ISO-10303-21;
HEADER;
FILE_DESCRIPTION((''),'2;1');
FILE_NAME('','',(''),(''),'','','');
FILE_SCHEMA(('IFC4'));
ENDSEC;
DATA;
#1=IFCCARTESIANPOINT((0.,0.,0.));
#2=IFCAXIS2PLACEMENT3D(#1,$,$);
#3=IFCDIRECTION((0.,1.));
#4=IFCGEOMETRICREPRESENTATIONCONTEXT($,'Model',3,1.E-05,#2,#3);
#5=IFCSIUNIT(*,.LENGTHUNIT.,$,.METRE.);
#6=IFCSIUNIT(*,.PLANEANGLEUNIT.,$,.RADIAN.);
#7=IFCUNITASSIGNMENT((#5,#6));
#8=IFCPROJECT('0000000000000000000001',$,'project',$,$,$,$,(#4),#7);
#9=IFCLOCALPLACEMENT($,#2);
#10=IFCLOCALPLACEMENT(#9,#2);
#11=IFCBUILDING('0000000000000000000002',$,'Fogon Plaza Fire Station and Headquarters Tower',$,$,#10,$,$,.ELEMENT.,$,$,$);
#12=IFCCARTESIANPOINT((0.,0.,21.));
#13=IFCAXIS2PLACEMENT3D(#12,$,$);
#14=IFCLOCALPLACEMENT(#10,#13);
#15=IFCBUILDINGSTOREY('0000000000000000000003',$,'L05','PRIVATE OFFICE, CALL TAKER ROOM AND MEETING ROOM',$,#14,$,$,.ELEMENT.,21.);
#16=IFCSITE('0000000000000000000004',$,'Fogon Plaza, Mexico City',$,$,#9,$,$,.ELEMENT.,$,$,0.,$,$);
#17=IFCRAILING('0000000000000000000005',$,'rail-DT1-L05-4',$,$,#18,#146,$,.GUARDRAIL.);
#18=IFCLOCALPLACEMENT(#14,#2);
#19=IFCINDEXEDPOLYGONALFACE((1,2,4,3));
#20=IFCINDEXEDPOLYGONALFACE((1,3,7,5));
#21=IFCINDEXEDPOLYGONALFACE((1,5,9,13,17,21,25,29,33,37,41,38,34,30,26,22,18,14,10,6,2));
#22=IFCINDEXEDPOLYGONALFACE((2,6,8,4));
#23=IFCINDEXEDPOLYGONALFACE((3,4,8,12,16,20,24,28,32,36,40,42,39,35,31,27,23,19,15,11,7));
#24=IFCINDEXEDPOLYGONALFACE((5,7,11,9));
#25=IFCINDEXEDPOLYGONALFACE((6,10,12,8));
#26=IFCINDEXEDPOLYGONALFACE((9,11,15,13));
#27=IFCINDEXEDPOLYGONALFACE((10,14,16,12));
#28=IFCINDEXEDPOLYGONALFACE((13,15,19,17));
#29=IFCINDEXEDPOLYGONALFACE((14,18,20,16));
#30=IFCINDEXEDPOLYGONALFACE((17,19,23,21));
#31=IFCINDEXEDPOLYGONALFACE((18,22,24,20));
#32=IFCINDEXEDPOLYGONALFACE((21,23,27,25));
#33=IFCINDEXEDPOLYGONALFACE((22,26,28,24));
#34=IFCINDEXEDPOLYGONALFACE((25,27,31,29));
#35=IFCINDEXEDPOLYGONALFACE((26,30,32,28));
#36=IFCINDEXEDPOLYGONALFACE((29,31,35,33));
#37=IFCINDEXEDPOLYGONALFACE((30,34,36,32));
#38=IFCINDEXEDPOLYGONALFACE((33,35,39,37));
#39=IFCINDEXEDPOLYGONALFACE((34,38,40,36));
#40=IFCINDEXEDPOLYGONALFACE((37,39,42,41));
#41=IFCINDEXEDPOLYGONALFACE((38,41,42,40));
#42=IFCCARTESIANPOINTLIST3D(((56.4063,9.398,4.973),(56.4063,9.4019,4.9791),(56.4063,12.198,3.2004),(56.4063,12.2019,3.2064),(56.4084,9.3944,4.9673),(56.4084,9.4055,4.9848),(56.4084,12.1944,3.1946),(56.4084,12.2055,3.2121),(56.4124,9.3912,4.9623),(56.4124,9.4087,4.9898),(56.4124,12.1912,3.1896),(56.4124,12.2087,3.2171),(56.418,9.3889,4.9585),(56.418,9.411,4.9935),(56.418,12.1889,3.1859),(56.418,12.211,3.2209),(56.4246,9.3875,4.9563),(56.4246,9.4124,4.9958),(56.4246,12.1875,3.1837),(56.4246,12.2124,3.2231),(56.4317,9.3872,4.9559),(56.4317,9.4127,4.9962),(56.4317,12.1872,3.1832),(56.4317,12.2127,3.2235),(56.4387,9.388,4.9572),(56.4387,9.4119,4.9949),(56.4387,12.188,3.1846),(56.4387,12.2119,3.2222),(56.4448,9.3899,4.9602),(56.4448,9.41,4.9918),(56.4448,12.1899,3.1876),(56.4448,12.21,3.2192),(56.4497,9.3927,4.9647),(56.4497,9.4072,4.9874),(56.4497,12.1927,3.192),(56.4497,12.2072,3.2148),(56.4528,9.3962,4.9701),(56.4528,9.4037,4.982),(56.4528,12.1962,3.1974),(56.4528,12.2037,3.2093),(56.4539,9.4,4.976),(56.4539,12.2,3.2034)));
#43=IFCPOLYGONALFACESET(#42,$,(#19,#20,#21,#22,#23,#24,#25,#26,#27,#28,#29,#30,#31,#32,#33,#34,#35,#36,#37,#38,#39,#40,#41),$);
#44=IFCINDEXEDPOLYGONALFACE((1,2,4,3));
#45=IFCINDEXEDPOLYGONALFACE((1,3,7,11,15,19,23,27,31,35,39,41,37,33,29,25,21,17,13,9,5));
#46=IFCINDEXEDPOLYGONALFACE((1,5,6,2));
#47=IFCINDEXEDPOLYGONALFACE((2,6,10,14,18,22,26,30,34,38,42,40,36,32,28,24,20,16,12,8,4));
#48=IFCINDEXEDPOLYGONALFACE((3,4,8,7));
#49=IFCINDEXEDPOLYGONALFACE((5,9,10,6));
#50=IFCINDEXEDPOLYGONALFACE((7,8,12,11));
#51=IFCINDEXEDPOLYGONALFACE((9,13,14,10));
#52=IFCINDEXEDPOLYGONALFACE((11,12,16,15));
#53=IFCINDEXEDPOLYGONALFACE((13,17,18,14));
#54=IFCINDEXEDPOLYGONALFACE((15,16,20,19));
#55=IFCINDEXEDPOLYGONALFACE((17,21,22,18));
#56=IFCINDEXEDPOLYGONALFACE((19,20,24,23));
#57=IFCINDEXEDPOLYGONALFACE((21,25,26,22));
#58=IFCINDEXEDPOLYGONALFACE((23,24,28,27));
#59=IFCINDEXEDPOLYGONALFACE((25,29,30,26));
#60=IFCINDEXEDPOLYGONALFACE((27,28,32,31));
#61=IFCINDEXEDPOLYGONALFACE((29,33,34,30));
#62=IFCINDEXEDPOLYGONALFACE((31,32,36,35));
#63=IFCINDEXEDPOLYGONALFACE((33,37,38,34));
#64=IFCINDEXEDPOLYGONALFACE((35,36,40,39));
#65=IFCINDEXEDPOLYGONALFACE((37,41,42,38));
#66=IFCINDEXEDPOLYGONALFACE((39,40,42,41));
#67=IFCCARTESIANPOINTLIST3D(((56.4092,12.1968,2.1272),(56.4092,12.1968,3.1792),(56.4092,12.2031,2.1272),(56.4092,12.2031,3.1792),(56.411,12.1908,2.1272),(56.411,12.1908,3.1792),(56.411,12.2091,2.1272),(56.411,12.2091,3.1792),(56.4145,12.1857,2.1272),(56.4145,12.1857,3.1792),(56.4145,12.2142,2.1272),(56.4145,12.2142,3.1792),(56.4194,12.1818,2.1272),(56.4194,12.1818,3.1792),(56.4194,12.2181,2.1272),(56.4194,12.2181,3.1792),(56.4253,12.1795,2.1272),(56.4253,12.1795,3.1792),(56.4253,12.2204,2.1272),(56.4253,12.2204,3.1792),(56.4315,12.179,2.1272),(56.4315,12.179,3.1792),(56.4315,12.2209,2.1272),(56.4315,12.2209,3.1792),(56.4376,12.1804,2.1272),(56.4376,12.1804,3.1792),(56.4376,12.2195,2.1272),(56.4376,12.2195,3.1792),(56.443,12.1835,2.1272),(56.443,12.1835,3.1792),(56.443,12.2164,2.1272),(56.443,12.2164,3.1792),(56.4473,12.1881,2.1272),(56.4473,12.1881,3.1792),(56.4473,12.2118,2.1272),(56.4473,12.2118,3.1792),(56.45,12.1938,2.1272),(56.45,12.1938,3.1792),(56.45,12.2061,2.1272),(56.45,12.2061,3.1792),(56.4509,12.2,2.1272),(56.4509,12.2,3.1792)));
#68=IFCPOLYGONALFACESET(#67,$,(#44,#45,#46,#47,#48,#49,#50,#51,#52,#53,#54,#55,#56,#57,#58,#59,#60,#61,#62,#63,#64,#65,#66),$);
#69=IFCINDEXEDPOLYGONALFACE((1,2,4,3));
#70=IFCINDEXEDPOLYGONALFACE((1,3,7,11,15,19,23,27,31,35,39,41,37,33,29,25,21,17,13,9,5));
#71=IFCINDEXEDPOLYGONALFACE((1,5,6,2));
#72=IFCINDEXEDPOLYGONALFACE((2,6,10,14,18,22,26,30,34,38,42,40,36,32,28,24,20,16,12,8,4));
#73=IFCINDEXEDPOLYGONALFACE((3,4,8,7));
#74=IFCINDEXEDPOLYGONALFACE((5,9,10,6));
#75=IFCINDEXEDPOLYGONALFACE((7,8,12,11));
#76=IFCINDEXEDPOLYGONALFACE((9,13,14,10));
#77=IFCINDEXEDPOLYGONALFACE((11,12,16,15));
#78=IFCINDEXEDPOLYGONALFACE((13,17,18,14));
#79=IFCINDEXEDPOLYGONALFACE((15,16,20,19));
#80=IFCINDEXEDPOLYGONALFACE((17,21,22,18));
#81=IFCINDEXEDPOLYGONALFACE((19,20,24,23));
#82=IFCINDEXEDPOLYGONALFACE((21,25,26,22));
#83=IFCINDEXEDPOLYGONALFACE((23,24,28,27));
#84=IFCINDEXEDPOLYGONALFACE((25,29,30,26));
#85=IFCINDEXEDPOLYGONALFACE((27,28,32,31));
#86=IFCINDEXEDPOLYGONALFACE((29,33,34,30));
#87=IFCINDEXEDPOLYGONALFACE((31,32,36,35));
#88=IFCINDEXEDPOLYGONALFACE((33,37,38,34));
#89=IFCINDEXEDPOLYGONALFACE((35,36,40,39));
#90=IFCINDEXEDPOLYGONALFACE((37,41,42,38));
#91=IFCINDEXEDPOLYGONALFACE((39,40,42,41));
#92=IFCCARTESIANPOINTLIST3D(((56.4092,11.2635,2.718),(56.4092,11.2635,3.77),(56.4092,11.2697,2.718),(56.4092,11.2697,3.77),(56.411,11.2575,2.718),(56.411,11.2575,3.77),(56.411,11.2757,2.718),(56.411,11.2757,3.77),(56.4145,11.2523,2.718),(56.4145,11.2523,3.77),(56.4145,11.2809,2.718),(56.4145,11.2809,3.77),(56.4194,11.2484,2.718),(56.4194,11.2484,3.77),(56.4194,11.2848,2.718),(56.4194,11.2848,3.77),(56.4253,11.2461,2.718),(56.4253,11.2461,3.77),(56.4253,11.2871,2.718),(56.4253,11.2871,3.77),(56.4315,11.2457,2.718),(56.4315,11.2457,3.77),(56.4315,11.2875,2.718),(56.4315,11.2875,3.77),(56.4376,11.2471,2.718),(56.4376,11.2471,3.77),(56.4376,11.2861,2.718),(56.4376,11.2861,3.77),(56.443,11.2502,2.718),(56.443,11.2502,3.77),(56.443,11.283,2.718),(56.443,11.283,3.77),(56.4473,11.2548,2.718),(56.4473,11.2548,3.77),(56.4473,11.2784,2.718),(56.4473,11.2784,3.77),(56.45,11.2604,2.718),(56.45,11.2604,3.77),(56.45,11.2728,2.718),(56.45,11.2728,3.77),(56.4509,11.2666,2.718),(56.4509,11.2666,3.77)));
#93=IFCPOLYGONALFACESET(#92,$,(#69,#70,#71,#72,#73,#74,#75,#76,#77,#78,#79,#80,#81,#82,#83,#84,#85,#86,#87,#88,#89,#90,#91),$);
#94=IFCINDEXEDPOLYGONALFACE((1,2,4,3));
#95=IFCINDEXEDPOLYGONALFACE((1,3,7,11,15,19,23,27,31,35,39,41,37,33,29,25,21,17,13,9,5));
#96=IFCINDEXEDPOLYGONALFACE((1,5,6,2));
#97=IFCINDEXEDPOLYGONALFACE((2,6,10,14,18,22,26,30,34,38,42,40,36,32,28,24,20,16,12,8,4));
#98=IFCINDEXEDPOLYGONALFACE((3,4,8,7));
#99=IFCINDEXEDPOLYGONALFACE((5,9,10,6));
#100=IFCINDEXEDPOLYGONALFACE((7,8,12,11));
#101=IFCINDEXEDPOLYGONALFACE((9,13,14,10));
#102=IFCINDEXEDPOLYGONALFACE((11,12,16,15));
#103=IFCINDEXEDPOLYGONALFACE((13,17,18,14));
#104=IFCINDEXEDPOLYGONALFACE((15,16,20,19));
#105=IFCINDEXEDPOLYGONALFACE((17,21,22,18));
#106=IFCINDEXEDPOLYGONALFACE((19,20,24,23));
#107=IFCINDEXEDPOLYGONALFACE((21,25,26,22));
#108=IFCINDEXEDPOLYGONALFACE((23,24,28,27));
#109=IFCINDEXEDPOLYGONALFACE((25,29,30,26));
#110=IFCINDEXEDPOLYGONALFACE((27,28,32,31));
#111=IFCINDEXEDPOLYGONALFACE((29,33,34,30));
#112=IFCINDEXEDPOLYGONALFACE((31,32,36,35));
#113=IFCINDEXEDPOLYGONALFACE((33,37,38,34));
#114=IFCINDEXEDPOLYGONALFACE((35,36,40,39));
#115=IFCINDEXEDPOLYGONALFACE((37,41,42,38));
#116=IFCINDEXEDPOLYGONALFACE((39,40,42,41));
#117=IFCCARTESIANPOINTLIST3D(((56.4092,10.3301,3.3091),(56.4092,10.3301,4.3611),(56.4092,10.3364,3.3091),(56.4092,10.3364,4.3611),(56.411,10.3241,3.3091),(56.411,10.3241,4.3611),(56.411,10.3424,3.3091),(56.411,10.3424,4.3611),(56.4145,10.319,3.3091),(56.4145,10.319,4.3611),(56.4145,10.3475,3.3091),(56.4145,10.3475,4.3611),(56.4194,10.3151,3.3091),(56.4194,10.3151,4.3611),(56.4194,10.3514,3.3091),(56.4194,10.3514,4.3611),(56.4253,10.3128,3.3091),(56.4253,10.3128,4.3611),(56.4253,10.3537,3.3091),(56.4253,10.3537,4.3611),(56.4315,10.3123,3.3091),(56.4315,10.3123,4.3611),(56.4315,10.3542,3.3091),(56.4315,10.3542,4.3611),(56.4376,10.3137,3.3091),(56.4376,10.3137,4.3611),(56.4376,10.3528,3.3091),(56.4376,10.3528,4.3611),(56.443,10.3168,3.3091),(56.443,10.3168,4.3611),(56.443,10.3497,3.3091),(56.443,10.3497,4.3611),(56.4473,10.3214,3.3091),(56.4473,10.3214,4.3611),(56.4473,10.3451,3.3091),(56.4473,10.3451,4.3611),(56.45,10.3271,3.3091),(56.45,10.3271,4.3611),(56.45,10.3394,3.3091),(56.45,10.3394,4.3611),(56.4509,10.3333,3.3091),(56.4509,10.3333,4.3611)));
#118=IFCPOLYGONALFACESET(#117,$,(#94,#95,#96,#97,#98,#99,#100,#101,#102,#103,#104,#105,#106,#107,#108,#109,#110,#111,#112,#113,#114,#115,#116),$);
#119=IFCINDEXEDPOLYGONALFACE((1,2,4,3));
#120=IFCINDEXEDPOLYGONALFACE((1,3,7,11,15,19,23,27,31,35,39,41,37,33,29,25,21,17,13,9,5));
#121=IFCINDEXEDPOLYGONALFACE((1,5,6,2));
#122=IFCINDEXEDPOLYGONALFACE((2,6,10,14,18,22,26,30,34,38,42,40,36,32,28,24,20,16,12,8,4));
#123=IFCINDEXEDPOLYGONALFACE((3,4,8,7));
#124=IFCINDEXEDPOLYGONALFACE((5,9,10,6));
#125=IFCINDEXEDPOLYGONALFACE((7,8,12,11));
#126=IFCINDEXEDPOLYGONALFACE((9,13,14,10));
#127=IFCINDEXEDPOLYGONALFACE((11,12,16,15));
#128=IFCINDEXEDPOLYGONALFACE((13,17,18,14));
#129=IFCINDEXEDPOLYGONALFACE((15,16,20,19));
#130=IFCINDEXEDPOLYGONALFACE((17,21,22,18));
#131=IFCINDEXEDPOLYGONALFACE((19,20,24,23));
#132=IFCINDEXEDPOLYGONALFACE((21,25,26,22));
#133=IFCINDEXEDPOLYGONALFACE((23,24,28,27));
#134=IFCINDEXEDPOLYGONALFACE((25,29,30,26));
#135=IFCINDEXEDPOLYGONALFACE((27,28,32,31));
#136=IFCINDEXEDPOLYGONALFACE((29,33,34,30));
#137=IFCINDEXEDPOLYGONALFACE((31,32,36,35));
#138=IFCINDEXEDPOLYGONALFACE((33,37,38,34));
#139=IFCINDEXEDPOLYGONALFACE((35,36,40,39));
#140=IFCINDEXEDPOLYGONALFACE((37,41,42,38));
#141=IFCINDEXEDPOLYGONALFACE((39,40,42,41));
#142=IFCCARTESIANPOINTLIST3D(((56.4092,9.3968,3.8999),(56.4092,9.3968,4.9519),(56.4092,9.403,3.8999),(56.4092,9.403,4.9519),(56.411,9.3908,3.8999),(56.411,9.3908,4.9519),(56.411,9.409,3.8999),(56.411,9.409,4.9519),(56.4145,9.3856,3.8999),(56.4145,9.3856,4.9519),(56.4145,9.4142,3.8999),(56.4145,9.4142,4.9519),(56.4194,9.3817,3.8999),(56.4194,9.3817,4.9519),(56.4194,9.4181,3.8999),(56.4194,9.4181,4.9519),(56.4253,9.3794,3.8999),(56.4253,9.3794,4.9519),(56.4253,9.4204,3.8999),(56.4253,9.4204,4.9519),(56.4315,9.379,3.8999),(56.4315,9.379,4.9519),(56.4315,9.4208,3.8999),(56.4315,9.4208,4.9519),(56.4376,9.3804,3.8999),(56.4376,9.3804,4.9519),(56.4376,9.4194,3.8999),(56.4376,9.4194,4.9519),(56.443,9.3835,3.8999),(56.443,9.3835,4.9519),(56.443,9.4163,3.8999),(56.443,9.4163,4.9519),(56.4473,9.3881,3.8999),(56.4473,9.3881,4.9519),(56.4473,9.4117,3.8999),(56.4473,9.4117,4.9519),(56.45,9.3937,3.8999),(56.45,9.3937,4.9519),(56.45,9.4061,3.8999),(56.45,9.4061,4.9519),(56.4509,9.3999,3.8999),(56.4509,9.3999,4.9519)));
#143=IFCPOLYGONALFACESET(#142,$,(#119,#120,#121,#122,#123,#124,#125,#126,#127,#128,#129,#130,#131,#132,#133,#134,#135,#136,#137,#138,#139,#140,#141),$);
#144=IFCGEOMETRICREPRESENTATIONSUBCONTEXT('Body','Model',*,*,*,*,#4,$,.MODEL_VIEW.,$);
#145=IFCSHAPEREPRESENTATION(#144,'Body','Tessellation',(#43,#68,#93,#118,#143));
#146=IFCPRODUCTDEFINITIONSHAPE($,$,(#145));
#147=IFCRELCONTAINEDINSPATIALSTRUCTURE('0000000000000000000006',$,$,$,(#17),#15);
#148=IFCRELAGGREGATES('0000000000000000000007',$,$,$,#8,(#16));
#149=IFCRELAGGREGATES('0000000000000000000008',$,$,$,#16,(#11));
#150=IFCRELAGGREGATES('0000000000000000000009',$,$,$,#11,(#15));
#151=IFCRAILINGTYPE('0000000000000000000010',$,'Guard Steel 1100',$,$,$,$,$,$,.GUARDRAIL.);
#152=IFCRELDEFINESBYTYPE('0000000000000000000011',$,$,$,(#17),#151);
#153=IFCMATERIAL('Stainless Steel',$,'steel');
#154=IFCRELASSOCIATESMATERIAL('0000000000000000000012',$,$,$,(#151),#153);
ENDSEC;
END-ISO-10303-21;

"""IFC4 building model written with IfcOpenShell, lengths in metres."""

from ifc_helpers import new_model, si_unit, direction, frame, origin, origin_2d, place, context, subcontext, project, spatial, circle, extrude, material, type_object, element, save


model = new_model("IFC4")

# Units and contexts
model_context = context("Model", 3, precision=1e-05, world=origin(), true_north=direction((0.0, 1.0)))
body_context = subcontext(model_context, "Body", "Model", "MODEL_VIEW")
ifc_project = project(units=[si_unit("LENGTHUNIT", "METRE"), si_unit("PLANEANGLEUNIT", "RADIAN")], contexts=[model_context])

# Site, building, storey
site_placement = place(None, origin())
site = spatial("IfcSite", under=ifc_project, at=site_placement, Name="Fogon Plaza, Mexico City", CompositionType="ELEMENT", RefElevation=0.0)
building_placement = place(site_placement, origin())
building = spatial("IfcBuilding", under=site, at=building_placement, Name="Fogon Plaza Fire Station and Headquarters Tower", CompositionType="ELEMENT")
storey_placement = place(building_placement, frame((0.0, 0.0, 21.0)))
storey = spatial("IfcBuildingStorey", under=building, at=storey_placement, Name="L05", Description="PRIVATE OFFICE, CALL TAKER ROOM AND MEETING ROOM", CompositionType="ELEMENT", Elevation=21.0)

# Railing
ifc_material_1 = material(Name="Stainless Steel", Category="steel")
railing_type_1 = type_object("IfcRailingType", Name="Guard Steel 1100", PredefinedType="GUARDRAIL", material=ifc_material_1)
railing_1_placement = place(storey_placement, frame((56.4299, 12.2, 2.1272)))
element("IfcRailing", 1, at=railing_1_placement, inside=storey, type_object=railing_type_1, Name="rail-DT1-L05-4", PredefinedType="GUARDRAIL", context=body_context, shape_type="SweptSolid", body=[
    extrude(circle(Radius=0.0239, at=origin_2d()), frame((0.0, 0.0, 1.0762), z_axis=(0.0, -0.844909, 0.53491), x_axis=(1.0, 0.0, 0.0)), (0.0, 0.0, 1.0), 3.314),
    extrude(circle(Radius=0.021, at=origin_2d()), origin(), (0.0, 0.0, 1.0), 1.052),
    extrude(circle(Radius=0.021, at=origin_2d()), frame((0.0, -0.9333, 0.5908)), (0.0, 0.0, 1.0), 1.052),
    extrude(circle(Radius=0.021, at=origin_2d()), frame((0.0, -1.8667, 1.1819)), (0.0, 0.0, 1.0), 1.052),
    extrude(circle(Radius=0.021, at=origin_2d()), frame((0.0, -2.8, 1.7727)), (0.0, 0.0, 1.0), 1.052),
])

save(model, "model.ifc")
